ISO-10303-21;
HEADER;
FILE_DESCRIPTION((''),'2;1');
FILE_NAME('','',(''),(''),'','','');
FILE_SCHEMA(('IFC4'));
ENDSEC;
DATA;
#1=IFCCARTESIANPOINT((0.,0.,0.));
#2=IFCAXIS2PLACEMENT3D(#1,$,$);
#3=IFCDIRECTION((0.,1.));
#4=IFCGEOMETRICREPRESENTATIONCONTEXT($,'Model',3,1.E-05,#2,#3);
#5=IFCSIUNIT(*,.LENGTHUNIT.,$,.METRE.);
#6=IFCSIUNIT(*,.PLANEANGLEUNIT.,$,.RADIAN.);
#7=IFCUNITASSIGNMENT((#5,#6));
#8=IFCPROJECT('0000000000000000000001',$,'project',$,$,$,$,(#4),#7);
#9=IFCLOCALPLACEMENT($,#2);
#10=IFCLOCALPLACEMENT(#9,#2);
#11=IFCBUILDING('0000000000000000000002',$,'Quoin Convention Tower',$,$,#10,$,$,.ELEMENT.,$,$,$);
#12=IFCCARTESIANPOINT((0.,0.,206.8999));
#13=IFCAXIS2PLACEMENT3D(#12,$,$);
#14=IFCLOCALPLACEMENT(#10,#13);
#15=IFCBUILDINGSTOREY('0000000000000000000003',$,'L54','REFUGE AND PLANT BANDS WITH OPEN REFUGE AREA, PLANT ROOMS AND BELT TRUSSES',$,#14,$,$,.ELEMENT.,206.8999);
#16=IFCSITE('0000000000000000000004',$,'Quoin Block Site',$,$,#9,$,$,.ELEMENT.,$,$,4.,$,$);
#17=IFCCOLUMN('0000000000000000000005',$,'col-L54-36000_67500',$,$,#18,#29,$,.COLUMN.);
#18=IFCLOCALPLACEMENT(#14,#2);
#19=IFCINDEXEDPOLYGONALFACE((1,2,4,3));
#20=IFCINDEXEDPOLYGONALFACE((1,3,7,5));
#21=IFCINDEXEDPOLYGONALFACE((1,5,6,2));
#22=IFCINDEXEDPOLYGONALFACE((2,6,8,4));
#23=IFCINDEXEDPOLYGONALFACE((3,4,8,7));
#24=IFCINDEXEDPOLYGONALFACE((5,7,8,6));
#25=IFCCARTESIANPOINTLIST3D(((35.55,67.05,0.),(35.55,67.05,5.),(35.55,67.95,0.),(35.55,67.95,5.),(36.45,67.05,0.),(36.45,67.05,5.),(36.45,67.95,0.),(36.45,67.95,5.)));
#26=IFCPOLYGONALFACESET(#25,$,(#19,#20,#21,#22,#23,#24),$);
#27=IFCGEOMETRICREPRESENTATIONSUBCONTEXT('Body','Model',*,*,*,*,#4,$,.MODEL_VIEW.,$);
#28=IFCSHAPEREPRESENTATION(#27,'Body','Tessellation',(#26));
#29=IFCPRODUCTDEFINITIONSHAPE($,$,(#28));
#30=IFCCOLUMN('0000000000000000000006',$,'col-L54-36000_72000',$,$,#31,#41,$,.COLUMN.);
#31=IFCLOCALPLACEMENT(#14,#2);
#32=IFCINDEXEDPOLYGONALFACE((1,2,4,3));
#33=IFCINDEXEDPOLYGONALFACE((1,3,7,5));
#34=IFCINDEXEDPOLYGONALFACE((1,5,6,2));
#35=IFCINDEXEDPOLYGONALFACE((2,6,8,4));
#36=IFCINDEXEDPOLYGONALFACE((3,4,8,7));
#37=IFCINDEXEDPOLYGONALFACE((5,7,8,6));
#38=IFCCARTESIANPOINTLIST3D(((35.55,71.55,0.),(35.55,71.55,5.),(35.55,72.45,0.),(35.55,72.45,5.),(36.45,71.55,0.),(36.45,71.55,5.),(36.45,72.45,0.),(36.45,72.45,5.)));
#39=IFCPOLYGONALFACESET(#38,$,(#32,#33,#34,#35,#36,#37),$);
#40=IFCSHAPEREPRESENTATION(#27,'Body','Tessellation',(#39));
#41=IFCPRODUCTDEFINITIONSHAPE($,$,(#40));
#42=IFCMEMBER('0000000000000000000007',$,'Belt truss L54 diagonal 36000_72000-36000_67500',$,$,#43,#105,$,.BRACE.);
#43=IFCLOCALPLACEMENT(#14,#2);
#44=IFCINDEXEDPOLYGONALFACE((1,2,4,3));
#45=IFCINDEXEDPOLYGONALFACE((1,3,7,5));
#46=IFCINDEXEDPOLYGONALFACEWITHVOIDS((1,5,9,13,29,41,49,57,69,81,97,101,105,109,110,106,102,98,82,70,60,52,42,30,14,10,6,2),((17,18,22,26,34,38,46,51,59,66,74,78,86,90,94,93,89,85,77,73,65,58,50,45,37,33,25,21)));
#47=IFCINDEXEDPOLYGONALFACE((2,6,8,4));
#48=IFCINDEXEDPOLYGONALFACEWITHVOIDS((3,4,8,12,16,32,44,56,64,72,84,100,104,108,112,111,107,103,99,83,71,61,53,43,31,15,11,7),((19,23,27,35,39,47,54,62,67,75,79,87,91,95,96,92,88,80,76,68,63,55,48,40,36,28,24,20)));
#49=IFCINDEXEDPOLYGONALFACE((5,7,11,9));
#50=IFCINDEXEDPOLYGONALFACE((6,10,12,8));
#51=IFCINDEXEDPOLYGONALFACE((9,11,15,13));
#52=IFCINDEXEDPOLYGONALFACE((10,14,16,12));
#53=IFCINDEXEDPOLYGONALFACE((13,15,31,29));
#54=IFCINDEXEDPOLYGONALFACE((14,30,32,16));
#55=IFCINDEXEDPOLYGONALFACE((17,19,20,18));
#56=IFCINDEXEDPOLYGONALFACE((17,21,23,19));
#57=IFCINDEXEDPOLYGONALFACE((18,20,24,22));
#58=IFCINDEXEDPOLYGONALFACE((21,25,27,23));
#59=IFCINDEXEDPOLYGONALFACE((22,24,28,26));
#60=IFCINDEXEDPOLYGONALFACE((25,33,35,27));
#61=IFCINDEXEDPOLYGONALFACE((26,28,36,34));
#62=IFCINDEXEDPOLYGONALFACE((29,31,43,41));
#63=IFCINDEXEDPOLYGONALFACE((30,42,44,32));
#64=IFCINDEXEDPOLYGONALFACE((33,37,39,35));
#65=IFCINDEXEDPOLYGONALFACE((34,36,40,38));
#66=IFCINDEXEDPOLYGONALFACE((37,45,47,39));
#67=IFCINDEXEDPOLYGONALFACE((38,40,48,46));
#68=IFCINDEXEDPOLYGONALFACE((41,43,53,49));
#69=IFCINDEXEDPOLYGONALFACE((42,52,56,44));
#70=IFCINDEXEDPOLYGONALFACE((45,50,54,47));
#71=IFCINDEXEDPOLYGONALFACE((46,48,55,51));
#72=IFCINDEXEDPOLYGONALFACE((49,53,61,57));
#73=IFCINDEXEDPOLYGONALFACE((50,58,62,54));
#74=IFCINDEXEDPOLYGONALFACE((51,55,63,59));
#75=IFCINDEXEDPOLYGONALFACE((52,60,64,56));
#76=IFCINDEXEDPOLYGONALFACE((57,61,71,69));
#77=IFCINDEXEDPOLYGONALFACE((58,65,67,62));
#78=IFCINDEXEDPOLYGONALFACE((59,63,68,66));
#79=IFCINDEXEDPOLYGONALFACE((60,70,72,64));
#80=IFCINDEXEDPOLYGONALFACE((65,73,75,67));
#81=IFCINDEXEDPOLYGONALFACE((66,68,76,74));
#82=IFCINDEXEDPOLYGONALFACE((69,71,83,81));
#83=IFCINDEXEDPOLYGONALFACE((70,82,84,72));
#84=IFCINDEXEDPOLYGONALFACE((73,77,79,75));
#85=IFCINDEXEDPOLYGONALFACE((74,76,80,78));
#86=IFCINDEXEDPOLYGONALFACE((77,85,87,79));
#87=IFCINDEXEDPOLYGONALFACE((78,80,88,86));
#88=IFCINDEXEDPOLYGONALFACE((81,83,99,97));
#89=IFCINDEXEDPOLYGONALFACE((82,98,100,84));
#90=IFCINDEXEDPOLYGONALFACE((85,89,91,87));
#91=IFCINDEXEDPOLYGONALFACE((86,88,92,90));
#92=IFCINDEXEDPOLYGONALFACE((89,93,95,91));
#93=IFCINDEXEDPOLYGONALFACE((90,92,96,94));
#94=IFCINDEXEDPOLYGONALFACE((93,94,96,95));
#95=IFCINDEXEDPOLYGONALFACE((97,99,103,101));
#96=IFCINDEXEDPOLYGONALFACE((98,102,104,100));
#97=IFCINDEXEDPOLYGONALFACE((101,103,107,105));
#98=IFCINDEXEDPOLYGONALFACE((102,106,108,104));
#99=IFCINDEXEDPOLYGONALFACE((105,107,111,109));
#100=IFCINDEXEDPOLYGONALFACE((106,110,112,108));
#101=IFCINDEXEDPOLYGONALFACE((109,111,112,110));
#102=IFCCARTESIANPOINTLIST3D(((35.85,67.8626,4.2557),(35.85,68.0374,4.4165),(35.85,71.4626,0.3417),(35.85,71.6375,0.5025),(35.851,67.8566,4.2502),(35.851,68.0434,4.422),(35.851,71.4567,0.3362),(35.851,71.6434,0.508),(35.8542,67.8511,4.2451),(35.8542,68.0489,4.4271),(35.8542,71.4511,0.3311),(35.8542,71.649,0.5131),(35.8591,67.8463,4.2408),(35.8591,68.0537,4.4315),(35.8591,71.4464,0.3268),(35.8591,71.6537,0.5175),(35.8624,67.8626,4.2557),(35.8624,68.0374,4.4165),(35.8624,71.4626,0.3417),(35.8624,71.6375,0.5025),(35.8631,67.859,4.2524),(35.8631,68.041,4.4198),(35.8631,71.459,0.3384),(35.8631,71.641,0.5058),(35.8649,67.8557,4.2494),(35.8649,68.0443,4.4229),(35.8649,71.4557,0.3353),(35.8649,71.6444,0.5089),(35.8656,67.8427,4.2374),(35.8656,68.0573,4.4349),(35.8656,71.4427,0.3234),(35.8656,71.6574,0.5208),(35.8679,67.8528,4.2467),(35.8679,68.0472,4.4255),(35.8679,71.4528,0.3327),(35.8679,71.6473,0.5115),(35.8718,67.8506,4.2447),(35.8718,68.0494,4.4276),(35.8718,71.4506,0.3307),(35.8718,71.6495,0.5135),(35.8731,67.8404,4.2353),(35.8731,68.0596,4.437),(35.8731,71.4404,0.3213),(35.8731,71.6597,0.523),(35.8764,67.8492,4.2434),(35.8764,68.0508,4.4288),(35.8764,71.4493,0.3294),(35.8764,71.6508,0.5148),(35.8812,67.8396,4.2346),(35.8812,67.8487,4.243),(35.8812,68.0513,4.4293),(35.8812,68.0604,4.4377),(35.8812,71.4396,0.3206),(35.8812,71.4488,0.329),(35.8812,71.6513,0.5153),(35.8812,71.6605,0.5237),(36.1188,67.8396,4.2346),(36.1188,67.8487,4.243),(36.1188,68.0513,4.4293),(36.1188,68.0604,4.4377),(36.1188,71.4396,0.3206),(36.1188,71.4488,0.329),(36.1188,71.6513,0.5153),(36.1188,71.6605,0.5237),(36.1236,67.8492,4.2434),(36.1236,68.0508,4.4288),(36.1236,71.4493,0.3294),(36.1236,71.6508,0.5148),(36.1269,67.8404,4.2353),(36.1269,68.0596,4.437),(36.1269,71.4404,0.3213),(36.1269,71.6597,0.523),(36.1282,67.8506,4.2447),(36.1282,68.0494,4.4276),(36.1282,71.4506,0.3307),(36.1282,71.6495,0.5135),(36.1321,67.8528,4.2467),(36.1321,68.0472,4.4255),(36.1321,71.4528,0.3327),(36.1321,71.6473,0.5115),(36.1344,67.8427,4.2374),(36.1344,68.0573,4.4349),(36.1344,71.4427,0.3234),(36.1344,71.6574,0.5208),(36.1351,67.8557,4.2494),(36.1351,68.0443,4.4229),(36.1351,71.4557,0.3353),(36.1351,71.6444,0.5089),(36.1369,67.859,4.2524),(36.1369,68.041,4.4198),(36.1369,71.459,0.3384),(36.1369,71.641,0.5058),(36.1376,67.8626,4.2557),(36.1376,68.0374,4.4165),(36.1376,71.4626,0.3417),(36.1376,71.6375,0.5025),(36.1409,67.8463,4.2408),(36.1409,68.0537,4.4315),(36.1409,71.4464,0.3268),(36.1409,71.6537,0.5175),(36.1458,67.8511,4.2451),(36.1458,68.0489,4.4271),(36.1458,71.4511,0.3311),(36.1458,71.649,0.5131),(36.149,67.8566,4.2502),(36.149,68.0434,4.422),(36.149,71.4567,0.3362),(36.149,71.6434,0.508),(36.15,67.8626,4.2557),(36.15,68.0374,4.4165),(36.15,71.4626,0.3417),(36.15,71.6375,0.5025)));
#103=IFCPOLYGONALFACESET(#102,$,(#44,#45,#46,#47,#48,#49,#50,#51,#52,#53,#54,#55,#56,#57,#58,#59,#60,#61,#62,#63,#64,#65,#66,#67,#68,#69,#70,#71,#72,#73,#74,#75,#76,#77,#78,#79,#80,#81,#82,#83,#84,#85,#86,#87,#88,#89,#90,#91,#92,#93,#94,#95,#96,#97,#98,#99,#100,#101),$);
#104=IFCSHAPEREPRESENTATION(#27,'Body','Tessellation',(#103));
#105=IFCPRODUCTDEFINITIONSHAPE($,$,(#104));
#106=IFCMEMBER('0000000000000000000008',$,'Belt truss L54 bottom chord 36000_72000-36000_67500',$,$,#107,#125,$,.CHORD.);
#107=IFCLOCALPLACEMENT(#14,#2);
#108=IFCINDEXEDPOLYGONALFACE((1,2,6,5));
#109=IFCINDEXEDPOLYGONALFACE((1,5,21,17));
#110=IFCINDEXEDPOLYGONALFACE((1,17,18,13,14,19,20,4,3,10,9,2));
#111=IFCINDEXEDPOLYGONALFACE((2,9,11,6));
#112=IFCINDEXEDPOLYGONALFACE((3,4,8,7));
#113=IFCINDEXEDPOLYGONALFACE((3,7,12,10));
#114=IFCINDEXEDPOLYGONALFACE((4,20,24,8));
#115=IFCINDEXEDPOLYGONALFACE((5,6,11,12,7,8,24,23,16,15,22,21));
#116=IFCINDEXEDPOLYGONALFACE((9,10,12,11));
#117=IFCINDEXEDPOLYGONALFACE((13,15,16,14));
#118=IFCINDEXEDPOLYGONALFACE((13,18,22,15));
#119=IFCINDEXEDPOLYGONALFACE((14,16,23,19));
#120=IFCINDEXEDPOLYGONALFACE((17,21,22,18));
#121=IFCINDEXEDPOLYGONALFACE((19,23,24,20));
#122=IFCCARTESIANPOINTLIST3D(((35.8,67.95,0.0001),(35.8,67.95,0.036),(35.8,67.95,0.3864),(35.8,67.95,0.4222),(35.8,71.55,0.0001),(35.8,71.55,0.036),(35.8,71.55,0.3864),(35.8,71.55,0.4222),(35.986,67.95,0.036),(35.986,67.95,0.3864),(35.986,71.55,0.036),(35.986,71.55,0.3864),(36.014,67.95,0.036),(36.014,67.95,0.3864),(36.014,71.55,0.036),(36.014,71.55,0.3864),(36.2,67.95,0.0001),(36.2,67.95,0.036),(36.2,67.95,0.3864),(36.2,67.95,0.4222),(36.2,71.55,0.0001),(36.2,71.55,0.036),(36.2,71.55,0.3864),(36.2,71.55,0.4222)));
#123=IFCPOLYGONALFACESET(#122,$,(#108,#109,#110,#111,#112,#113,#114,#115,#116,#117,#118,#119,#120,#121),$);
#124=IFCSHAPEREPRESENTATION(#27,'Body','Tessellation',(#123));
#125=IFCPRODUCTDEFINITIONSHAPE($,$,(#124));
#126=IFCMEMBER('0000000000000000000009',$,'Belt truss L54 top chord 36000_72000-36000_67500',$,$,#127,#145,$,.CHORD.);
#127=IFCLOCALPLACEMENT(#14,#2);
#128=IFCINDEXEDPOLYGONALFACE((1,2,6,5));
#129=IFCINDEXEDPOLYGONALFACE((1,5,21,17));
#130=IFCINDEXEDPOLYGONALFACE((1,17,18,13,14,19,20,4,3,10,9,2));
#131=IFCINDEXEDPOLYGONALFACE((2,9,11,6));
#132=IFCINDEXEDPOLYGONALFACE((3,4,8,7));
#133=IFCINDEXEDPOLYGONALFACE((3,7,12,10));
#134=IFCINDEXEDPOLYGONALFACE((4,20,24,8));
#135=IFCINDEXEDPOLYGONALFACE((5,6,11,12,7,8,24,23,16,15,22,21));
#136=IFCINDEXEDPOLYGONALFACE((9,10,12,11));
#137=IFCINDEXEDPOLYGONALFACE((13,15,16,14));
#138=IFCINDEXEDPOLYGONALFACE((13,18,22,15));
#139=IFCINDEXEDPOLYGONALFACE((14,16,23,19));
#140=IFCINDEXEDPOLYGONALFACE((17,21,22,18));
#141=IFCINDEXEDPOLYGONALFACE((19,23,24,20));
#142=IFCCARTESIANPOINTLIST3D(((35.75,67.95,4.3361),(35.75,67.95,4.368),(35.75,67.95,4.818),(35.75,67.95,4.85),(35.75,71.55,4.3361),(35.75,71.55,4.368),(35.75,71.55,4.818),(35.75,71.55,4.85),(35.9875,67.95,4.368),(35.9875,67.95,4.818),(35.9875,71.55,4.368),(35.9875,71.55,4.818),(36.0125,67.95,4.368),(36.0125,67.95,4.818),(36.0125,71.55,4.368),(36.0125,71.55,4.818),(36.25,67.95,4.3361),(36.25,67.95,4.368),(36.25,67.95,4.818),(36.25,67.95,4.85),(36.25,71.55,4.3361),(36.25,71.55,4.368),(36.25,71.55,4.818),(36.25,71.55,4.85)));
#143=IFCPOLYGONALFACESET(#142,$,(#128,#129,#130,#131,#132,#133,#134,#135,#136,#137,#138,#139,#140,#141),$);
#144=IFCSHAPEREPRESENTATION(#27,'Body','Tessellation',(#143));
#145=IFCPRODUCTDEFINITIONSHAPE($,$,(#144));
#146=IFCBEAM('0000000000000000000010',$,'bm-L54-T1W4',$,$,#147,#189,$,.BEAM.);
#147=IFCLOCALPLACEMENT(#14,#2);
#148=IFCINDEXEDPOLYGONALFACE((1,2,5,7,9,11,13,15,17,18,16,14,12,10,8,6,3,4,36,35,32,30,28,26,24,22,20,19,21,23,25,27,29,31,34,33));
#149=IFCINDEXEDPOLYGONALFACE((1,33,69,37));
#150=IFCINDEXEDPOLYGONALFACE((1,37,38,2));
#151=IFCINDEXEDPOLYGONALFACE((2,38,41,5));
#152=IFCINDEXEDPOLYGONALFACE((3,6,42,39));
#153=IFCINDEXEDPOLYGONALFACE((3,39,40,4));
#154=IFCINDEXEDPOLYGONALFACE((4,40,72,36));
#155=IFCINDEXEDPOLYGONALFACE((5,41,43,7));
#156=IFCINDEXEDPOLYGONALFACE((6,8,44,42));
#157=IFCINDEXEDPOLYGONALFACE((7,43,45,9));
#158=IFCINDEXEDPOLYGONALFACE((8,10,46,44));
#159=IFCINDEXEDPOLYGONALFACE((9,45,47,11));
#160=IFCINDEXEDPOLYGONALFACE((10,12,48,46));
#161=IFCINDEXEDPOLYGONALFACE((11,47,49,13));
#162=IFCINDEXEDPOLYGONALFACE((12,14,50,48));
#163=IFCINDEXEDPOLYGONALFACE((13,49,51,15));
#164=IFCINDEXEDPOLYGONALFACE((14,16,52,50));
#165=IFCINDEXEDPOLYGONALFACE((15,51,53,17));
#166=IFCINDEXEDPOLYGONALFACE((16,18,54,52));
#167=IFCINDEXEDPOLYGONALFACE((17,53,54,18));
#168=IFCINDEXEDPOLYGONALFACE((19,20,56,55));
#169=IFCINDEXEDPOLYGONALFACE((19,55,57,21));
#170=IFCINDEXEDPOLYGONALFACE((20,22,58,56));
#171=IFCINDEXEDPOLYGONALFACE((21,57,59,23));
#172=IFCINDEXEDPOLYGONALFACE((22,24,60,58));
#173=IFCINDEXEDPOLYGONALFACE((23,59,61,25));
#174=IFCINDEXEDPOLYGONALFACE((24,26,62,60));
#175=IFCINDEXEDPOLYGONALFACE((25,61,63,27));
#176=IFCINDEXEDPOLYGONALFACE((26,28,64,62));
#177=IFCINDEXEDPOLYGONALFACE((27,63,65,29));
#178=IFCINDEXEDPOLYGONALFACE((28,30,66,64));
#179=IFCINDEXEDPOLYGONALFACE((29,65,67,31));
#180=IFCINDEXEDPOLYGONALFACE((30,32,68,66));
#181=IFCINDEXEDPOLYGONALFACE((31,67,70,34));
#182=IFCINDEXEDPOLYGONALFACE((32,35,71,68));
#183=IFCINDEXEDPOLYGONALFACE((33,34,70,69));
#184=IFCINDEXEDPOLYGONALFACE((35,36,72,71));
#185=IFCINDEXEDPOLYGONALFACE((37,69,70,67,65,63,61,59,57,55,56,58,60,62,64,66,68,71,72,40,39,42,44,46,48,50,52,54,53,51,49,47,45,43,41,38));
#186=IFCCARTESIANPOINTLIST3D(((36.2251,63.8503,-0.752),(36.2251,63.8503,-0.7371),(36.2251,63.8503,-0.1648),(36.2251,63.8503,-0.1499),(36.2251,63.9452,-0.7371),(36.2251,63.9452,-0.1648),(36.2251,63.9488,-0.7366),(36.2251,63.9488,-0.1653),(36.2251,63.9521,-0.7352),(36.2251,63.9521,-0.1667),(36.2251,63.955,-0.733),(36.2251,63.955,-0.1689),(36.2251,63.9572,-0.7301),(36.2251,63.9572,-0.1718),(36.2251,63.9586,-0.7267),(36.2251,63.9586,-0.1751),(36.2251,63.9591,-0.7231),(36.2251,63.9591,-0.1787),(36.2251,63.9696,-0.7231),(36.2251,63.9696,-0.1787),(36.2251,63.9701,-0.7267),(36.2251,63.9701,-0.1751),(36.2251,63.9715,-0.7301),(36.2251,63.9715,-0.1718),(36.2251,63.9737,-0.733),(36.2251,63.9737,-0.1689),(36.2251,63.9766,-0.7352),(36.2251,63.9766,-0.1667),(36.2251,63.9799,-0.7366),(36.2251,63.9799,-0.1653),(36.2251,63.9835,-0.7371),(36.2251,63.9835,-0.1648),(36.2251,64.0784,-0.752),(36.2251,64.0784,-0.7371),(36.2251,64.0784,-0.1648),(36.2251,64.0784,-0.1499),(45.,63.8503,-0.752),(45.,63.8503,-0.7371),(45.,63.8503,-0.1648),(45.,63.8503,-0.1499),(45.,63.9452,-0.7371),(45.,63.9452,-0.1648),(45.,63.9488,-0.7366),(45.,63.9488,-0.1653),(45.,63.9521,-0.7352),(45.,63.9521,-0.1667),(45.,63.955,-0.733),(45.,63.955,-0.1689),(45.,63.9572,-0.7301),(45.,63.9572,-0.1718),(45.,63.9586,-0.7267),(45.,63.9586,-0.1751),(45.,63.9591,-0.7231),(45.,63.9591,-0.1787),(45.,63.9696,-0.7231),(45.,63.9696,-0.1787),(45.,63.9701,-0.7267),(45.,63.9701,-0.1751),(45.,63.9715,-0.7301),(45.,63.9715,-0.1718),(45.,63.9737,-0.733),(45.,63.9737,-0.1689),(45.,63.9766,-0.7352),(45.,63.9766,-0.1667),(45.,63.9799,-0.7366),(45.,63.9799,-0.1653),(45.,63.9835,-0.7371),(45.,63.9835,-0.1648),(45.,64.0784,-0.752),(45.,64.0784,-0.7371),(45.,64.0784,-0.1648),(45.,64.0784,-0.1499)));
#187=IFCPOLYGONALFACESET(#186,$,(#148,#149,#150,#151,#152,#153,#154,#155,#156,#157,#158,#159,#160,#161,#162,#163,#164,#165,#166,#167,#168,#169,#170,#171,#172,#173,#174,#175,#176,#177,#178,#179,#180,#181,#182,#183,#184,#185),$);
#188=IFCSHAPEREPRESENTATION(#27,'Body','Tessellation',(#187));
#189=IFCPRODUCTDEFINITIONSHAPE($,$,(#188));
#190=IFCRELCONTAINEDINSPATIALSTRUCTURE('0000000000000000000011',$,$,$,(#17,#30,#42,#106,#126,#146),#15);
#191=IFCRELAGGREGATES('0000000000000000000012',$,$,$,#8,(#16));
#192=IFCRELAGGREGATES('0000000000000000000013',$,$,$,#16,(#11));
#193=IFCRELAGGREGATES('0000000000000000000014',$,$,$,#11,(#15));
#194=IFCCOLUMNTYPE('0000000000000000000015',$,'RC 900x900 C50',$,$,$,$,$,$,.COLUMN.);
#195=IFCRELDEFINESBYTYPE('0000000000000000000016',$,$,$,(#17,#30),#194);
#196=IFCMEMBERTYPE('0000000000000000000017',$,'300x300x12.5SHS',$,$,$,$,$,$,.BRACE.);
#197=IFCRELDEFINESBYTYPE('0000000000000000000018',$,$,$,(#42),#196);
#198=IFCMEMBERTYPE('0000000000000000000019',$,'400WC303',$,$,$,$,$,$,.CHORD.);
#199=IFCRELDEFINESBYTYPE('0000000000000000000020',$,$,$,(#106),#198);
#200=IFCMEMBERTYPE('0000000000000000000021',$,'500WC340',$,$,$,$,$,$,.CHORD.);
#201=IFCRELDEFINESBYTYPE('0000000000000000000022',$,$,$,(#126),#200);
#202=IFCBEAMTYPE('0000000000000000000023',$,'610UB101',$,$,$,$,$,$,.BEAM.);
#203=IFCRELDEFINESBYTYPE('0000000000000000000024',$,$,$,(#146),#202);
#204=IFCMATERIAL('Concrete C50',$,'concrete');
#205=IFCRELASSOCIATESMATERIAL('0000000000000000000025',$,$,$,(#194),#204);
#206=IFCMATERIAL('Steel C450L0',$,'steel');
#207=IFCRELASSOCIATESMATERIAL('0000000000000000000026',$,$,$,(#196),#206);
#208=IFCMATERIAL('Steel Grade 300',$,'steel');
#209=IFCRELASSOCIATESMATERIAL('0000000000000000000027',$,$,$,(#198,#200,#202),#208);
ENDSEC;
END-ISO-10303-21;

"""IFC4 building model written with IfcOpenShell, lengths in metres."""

from ifc_helpers import new_model, si_unit, direction, frame, origin, origin_2d, place, context, subcontext, project, spatial, rectangle, hollow_rectangle, i_section, extrude, material, material_profile, profile_set, type_object, element, save


model = new_model("IFC4")

# Units and contexts
model_context = context("Model", 3, precision=1e-05, world=origin(), true_north=direction((0.0, 1.0)))
body_context = subcontext(model_context, "Body", "Model", "MODEL_VIEW")
ifc_project = project(units=[si_unit("LENGTHUNIT", "METRE"), si_unit("PLANEANGLEUNIT", "RADIAN")], contexts=[model_context])

# Site, building, storey
site_placement = place(None, origin())
site = spatial("IfcSite", under=ifc_project, at=site_placement, Name="Quoin Block Site", CompositionType="ELEMENT", RefElevation=4.0)
building_placement = place(site_placement, origin())
building = spatial("IfcBuilding", under=site, at=building_placement, Name="Quoin Convention Tower", CompositionType="ELEMENT")
storey_placement = place(building_placement, frame((0.0, 0.0, 206.8999)))
storey = spatial("IfcBuildingStorey", under=building, at=storey_placement, Name="L54", Description="REFUGE AND PLANT BANDS WITH OPEN REFUGE AREA, PLANT ROOMS AND BELT TRUSSES", CompositionType="ELEMENT", Elevation=206.8999)

# Columns
ifc_material_1 = material(Name="Concrete C50", Category="concrete")
ifc_material_profile_1 = material_profile(ifc_material_1, rectangle(XDim=0.8999, YDim=0.8999, at=origin_2d()), Name="RC 900x900")
ifc_profile_set_1 = profile_set([ifc_material_profile_1], Name="Concrete C50")
column_type = type_object("IfcColumnType", Name="RC 900x900 C50", PredefinedType="COLUMN", material=ifc_profile_set_1)
for number, where, z_axis, x_axis, name in (
    (1, (36.0, 67.5, 0.0), (0.0, 0.0, 1.0), (1.0, 0.0, 0.0), "col-L54-36000_67500"),
    (2, (36.0, 72.0, 0.0), (0.0, 0.0, 1.0), (1.0, 0.0, 0.0), "col-L54-36000_72000"),
):
    element("IfcColumn", number, at=place(storey_placement, frame(where, z_axis=z_axis, x_axis=x_axis)), inside=storey, type_object=column_type, Name=name, PredefinedType="COLUMN", context=body_context, shape_type="SweptSolid", body=[
        extrude(rectangle(XDim=0.8999, YDim=0.8999, at=origin_2d()), origin(), (0.0, 0.0, 1.0), 5.0),
    ])

# Members
ifc_material_2 = material(Name="Steel C450L0", Category="steel")
ifc_material_profile_2 = material_profile(ifc_material_2, hollow_rectangle(XDim=0.3, YDim=0.3, WallThickness=0.0125, InnerFilletRadius=0.0188, OuterFilletRadius=0.0312, at=origin_2d()), Name="300x300x12.5SHS")
ifc_profile_set_2 = profile_set([ifc_material_profile_2], Name="Steel C450L0")
member_type_1 = type_object("IfcMemberType", Name="300x300x12.5SHS", PredefinedType="BRACE", material=ifc_profile_set_2)
member_1_placement = place(storey_placement, frame((36.0, 71.55, 0.4221), z_axis=(0.0, -0.676971, 0.73601), x_axis=(1.0, 0.0, 0.0)))
element("IfcMember", 3, at=member_1_placement, inside=storey, type_object=member_type_1, Name="Belt truss L54 diagonal 36000_72000-36000_67500", PredefinedType="BRACE", context=body_context, shape_type="SweptSolid", body=[
    extrude(hollow_rectangle(XDim=0.3, YDim=0.3, WallThickness=0.0125, InnerFilletRadius=0.0188, OuterFilletRadius=0.0312, at=origin_2d()), origin(), (0.0, 0.0, 1.0), 5.3179),
])
ifc_material_3 = material(Name="Steel Grade 300", Category="steel")
ifc_material_profile_3 = material_profile(ifc_material_3, i_section(OverallWidth=0.3999, OverallDepth=0.4221, WebThickness=0.0281, FlangeThickness=0.0359, at=origin_2d()), Name="400WC303")
ifc_profile_set_3 = profile_set([ifc_material_profile_3], Name="Steel Grade 300")
member_type_2 = type_object("IfcMemberType", Name="400WC303", PredefinedType="CHORD", material=ifc_profile_set_3)
member_2_placement = place(storey_placement, frame((36.0, 71.55, 0.2112), z_axis=(0.0, -1.0, 0.0), x_axis=(1.0, 0.0, 0.0)))
element("IfcMember", 4, at=member_2_placement, inside=storey, type_object=member_type_2, Name="Belt truss L54 bottom chord 36000_72000-36000_67500", PredefinedType="CHORD", context=body_context, shape_type="SweptSolid", body=[
    extrude(i_section(OverallWidth=0.3999, OverallDepth=0.4221, WebThickness=0.0281, FlangeThickness=0.0359, at=origin_2d()), origin(), (0.0, 0.0, 1.0), 3.6001),
])
ifc_material_profile_4 = material_profile(ifc_material_3, i_section(OverallWidth=0.5, OverallDepth=0.5139, WebThickness=0.0249, FlangeThickness=0.032, at=origin_2d()), Name="500WC340")
ifc_profile_set_4 = profile_set([ifc_material_profile_4], Name="Steel Grade 300")
member_type_3 = type_object("IfcMemberType", Name="500WC340", PredefinedType="CHORD", material=ifc_profile_set_4)
member_3_placement = place(storey_placement, frame((36.0, 71.55, 4.593), z_axis=(0.0, -1.0, 0.0), x_axis=(1.0, 0.0, 0.0)))
element("IfcMember", 5, at=member_3_placement, inside=storey, type_object=member_type_3, Name="Belt truss L54 top chord 36000_72000-36000_67500", PredefinedType="CHORD", context=body_context, shape_type="SweptSolid", body=[
    extrude(i_section(OverallWidth=0.5, OverallDepth=0.5139, WebThickness=0.0249, FlangeThickness=0.032, at=origin_2d()), origin(), (0.0, 0.0, 1.0), 3.6001),
])

# Beam
ifc_material_profile_5 = material_profile(ifc_material_3, i_section(OverallWidth=0.228, OverallDepth=0.6021, WebThickness=0.0105, FlangeThickness=0.0149, FilletRadius=0.0139, at=origin_2d()), Name="610UB101")
ifc_profile_set_5 = profile_set([ifc_material_profile_5], Name="Steel Grade 300")
beam_type_1 = type_object("IfcBeamType", Name="610UB101", PredefinedType="BEAM", material=ifc_profile_set_5)
beam_1_placement = place(storey_placement, frame((36.2251, 63.9644, -0.4509), z_axis=(1.0, 0.0, 0.0), x_axis=(0.0, 1.0, 0.0)))
element("IfcBeam", 6, at=beam_1_placement, inside=storey, type_object=beam_type_1, Name="bm-L54-T1W4", PredefinedType="BEAM", context=body_context, shape_type="SweptSolid", body=[
    extrude(i_section(OverallWidth=0.228, OverallDepth=0.6021, WebThickness=0.0105, FlangeThickness=0.0149, FilletRadius=0.0139, at=origin_2d()), origin(), (0.0, 0.0, 1.0), 8.7749),
])

save(model, "model.ifc")
